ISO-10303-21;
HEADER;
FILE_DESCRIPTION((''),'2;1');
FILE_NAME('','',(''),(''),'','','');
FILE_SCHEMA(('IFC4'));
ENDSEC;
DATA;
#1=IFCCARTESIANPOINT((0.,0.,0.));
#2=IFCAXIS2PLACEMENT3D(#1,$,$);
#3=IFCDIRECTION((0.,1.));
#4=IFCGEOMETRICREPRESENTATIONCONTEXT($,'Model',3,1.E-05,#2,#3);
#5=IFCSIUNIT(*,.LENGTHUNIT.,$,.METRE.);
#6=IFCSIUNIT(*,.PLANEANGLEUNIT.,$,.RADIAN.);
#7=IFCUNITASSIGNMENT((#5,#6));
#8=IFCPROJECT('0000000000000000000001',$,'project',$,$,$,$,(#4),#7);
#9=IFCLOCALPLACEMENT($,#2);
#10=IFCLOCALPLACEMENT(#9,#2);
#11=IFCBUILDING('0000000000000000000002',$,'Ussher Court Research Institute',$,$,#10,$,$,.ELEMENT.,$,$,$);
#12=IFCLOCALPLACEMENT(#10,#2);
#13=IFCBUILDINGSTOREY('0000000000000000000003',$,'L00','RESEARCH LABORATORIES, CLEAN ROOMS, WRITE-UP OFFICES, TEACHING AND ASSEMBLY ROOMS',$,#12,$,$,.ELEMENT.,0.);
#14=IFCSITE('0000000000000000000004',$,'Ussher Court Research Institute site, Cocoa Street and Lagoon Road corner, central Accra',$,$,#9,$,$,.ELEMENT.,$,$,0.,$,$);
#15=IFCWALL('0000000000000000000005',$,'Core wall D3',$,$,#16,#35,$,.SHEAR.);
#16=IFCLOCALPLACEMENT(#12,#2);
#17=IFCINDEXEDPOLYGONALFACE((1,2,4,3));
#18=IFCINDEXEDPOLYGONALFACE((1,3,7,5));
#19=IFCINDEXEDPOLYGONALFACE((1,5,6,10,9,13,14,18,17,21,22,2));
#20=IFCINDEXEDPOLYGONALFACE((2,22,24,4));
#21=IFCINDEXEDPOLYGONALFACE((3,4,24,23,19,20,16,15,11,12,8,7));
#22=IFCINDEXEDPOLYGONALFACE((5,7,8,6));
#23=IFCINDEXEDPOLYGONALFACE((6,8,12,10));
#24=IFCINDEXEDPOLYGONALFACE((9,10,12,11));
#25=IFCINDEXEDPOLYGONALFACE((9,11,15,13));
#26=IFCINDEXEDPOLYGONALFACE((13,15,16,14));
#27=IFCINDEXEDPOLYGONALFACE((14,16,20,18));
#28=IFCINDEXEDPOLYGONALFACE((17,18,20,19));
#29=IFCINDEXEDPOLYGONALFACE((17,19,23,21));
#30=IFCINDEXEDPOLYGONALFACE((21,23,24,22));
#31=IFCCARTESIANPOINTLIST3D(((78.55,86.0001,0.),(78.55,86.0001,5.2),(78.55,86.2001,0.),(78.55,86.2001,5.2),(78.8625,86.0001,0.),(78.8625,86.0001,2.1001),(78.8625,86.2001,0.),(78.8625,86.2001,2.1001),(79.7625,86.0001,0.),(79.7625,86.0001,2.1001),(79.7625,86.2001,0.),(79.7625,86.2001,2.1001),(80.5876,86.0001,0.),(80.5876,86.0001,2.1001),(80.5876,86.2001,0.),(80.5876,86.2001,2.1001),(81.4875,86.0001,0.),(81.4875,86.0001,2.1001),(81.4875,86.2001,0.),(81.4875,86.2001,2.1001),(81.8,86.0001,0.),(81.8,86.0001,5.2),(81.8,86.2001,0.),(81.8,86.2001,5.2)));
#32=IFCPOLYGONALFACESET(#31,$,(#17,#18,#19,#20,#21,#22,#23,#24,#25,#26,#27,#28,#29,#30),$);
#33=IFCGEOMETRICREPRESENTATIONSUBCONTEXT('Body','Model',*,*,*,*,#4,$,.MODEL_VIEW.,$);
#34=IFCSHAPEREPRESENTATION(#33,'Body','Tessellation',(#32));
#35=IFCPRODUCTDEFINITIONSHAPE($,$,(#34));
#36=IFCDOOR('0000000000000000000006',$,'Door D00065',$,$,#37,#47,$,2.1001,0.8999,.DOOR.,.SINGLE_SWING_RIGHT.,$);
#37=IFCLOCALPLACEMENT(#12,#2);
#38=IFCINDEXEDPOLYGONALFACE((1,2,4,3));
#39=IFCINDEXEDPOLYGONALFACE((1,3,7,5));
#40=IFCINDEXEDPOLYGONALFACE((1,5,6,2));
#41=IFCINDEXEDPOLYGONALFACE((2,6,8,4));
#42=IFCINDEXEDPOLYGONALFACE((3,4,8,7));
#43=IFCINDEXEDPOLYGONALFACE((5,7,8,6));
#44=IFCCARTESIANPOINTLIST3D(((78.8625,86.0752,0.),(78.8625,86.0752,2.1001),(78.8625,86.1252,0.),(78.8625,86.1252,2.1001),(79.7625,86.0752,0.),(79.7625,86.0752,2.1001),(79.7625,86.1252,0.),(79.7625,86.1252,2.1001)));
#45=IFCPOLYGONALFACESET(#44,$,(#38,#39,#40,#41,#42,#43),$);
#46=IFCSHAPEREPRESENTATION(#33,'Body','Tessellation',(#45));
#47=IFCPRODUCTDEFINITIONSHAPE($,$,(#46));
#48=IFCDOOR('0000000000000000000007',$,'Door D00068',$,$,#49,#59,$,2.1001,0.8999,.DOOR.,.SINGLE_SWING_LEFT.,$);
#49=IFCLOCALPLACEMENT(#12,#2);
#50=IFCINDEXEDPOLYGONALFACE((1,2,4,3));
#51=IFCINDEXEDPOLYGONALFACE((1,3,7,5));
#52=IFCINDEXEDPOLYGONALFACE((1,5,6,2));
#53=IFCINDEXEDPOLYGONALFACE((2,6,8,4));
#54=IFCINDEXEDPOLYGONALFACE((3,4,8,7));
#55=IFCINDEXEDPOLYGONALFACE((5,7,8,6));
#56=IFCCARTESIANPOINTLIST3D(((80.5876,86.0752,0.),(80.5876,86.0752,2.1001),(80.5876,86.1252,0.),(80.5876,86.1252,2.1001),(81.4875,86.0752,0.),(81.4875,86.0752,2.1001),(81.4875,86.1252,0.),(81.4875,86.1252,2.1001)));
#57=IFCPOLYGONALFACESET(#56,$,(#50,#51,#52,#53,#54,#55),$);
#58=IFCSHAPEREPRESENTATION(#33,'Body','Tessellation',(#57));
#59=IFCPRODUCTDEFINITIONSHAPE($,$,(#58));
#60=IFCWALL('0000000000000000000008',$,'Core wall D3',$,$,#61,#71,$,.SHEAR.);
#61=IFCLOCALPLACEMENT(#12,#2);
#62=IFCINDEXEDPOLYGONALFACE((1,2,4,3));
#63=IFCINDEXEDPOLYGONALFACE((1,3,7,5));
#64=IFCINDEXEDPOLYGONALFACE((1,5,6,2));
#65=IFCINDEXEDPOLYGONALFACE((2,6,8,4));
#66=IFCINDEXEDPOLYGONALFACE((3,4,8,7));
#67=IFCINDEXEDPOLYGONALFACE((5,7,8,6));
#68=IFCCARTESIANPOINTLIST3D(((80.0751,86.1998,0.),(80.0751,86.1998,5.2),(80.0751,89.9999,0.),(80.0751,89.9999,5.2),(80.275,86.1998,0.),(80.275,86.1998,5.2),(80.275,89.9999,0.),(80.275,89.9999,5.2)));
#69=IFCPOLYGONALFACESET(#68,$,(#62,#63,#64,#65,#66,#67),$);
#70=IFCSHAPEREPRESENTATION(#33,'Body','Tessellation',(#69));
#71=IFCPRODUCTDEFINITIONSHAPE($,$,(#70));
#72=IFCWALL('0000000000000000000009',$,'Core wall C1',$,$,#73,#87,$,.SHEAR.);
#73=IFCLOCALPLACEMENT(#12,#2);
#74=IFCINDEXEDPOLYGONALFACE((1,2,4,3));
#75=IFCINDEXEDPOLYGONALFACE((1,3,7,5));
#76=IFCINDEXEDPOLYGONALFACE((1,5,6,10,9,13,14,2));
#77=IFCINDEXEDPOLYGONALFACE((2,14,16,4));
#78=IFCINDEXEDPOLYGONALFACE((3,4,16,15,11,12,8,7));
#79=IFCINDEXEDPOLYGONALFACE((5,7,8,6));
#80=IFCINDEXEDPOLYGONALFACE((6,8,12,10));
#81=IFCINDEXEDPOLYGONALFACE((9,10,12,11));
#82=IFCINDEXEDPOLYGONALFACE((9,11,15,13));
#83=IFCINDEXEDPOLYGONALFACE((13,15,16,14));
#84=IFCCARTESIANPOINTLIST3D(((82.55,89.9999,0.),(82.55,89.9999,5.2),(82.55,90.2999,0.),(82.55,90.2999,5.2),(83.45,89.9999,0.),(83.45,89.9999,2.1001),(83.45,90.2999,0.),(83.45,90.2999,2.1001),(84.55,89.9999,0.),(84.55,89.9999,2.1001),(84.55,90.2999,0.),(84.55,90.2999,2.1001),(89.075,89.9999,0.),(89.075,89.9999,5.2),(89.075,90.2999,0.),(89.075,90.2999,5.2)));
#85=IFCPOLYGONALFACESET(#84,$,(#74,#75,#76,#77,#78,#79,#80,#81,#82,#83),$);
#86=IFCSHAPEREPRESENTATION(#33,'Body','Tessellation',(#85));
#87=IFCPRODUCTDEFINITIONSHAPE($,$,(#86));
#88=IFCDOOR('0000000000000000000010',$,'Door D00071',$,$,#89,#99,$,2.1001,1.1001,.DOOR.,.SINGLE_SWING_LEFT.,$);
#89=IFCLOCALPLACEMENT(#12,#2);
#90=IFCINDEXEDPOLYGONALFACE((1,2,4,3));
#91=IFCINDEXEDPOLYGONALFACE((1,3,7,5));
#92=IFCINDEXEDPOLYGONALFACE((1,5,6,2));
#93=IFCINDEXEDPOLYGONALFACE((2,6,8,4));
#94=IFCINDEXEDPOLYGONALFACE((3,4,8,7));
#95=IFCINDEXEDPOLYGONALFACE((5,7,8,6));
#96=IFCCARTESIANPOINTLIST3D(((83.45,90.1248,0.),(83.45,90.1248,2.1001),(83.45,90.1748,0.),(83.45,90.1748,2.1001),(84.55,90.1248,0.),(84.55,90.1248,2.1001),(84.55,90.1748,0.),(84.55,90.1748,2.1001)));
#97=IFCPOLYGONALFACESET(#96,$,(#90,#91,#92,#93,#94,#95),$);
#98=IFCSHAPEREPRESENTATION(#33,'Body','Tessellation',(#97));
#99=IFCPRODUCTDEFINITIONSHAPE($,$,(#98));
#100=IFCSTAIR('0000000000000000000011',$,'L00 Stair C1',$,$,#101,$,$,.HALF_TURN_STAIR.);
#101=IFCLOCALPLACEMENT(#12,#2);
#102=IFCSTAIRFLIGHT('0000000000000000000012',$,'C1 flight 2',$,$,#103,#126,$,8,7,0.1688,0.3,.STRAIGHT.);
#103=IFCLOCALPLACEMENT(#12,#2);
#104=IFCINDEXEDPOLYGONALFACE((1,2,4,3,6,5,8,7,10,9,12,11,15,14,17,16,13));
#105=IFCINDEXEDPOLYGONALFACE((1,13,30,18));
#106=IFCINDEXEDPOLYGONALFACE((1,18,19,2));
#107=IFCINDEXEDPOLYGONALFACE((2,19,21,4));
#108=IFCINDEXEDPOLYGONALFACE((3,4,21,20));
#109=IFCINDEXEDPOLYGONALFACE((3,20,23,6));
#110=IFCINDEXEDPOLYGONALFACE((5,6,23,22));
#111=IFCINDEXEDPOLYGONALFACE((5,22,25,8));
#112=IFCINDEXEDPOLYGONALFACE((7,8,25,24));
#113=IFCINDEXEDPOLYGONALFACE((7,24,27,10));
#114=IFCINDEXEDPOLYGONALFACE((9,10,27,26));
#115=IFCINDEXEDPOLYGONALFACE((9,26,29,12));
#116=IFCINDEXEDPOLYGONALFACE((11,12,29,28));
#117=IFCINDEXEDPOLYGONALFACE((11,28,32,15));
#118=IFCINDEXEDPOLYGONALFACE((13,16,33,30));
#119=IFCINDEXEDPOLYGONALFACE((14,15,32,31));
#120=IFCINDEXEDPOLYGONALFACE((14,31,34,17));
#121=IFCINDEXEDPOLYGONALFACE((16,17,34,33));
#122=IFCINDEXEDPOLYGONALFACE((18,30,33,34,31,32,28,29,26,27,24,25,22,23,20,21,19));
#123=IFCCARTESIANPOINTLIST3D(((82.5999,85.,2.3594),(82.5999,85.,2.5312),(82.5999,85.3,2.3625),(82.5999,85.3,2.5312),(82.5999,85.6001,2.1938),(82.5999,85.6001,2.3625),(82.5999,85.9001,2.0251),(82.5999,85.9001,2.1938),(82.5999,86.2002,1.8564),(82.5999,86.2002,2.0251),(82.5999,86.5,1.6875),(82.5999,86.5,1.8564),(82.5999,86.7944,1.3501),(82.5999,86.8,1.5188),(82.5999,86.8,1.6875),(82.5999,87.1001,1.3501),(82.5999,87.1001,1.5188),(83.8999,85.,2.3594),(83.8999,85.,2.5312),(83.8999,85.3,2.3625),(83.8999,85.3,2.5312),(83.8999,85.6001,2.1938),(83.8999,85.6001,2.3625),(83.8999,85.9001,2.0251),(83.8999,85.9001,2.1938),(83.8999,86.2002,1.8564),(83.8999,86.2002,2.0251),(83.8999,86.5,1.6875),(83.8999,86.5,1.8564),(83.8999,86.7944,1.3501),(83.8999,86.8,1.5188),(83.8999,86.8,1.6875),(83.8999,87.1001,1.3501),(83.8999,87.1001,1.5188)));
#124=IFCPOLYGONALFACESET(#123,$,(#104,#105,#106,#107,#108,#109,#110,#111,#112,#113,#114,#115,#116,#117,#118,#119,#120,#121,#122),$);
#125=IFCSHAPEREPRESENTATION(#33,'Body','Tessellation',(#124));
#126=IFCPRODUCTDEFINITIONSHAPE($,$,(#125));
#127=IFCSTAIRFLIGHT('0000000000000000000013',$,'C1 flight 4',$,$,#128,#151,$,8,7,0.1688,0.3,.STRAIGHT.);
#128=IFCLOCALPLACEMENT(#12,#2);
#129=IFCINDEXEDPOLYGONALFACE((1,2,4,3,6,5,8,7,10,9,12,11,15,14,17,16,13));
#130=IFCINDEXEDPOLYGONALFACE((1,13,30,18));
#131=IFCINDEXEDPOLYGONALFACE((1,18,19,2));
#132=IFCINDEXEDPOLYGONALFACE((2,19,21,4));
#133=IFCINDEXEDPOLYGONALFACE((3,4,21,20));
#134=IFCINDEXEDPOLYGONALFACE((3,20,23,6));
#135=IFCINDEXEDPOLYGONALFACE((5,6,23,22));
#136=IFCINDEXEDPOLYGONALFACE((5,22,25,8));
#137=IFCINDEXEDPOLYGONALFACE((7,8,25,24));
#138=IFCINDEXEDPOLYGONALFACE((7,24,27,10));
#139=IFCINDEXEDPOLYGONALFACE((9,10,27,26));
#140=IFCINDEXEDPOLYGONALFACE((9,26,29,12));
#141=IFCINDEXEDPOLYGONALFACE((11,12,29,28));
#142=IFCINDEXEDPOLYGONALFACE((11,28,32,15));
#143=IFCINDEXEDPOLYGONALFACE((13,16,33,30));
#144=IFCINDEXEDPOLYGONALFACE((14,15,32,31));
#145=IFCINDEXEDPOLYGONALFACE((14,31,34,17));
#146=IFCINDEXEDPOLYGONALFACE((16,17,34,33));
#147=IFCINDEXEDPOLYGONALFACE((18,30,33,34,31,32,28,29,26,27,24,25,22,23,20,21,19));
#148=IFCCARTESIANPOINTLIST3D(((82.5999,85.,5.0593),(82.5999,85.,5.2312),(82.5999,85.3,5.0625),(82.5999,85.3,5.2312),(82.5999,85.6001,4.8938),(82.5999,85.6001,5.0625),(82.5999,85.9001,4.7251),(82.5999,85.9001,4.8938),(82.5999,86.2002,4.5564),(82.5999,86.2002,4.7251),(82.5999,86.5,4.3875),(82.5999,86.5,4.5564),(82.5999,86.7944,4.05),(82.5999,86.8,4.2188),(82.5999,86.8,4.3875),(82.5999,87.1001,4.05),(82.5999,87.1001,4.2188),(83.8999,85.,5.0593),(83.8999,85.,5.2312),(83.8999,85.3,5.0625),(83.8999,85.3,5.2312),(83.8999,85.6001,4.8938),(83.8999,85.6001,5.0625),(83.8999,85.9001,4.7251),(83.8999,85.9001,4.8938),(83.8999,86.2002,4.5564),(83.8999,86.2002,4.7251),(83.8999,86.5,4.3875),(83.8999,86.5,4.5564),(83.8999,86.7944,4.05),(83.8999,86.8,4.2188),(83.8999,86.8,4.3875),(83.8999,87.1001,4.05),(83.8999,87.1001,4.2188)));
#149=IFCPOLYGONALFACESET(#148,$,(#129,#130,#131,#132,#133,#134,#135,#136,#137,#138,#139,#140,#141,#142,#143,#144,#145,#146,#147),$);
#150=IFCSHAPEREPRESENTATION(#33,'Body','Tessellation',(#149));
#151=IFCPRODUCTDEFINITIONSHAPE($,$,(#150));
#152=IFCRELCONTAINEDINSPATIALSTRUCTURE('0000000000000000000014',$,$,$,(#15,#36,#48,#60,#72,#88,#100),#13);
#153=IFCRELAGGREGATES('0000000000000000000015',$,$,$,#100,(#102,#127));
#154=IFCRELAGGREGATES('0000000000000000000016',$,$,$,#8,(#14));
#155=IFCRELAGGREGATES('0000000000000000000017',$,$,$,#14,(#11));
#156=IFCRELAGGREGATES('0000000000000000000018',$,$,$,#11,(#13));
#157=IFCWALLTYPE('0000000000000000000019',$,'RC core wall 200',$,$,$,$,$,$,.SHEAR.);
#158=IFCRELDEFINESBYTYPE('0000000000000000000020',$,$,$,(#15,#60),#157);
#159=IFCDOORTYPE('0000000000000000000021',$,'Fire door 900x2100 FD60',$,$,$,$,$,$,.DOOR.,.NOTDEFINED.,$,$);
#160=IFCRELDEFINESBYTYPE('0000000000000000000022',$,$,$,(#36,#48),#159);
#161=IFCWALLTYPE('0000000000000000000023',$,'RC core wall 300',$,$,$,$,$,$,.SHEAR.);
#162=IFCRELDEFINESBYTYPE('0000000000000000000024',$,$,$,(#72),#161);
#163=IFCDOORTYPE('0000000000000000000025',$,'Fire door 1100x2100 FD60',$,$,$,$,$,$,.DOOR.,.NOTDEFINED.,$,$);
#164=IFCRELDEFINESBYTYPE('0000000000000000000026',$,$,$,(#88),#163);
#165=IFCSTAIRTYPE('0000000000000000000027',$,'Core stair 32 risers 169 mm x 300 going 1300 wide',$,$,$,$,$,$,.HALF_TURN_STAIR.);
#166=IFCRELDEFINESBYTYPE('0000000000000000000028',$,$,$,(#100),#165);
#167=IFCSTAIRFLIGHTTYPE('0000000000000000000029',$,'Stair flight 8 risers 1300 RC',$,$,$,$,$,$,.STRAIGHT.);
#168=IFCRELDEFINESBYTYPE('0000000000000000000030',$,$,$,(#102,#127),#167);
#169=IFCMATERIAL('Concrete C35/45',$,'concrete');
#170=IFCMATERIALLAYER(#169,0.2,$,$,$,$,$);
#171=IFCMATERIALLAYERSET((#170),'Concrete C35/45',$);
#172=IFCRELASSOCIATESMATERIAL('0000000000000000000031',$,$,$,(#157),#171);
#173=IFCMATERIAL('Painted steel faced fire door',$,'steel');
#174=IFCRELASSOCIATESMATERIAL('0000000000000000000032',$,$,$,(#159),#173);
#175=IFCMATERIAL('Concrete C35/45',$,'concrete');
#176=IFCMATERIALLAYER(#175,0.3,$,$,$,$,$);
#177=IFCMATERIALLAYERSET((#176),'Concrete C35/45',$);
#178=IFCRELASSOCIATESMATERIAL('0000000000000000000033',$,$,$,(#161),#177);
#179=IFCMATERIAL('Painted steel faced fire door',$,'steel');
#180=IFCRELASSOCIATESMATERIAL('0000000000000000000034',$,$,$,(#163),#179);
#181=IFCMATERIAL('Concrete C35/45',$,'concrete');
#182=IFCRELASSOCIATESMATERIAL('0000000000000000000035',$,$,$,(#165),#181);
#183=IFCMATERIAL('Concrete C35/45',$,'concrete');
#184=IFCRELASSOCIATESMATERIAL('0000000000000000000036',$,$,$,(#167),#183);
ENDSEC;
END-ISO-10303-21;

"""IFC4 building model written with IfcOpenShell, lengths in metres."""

from ifc_helpers import new_model, si_unit, direction, frame, frame_2d, origin, place, context, subcontext, project, spatial, polyline, rectangle, outline, extrude, material, layer, layer_set, type_object, element, fill, aggregate, save


model = new_model("IFC4")

# Units and contexts
model_context = context("Model", 3, precision=1e-05, world=origin(), true_north=direction((0.0, 1.0)))
body_context = subcontext(model_context, "Body", "Model", "MODEL_VIEW")
ifc_project = project(units=[si_unit("LENGTHUNIT", "METRE"), si_unit("PLANEANGLEUNIT", "RADIAN")], contexts=[model_context])

# Site, building, storey
site_placement = place(None, origin())
site = spatial("IfcSite", under=ifc_project, at=site_placement, Name="Ussher Court Research Institute site, Cocoa Street and Lagoon Road corner, central Accra", CompositionType="ELEMENT", RefElevation=0.0)
building_placement = place(site_placement, origin())
building = spatial("IfcBuilding", under=site, at=building_placement, Name="Ussher Court Research Institute", CompositionType="ELEMENT")
storey_placement = place(building_placement, origin())
storey = spatial("IfcBuildingStorey", under=building, at=storey_placement, Name="L00", Description="RESEARCH LABORATORIES, CLEAN ROOMS, WRITE-UP OFFICES, TEACHING AND ASSEMBLY ROOMS", CompositionType="ELEMENT", Elevation=0.0)

# Shared definitions
ifc_material_1 = material(Name="Concrete C35/45", Category="concrete")
ifc_layer_1 = layer(ifc_material_1, 0.2)
ifc_layer_set_1 = layer_set([ifc_layer_1], Name="Concrete C35/45")
wall_type_1 = type_object("IfcWallType", Name="RC core wall 200", PredefinedType="SHEAR", material=ifc_layer_set_1)

# Wall, openings, doors
wall_1_placement = place(storey_placement, frame((81.8, 86.1001, 0.0), z_axis=(0.0, 0.0, 1.0), x_axis=(-1.0, 0.0, 0.0)))
wall_1 = element("IfcWall", 1, at=wall_1_placement, inside=storey, type_object=wall_type_1, Name="Core wall D3", PredefinedType="SHEAR", context=body_context, shape_type="SweptSolid", body=[
    extrude(rectangle(XDim=3.25, YDim=0.2, at=frame_2d((1.625, 0.0))), origin(), (0.0, 0.0, 1.0), 5.2),
])
opening_1_placement = place(wall_1_placement, frame((2.0376, 0.0, 0.0)))
opening_1 = element("IfcOpeningElement", 2, at=opening_1_placement, cuts=wall_1, PredefinedType="OPENING", context=body_context, shape_type="SweptSolid", body=[
    extrude(rectangle(XDim=0.8999, YDim=2.1001, at=frame_2d((0.45, 1.05))), frame((0.0, 0.1099, 0.0), z_axis=(0.0, -1.0, 0.0), x_axis=(1.0, 0.0, 0.0)), (0.0, 0.0, 1.0), 0.22),
])
opening_2_placement = place(wall_1_placement, frame((0.3125, 0.0, 0.0)))
opening_2 = element("IfcOpeningElement", 3, at=opening_2_placement, cuts=wall_1, PredefinedType="OPENING", context=body_context, shape_type="SweptSolid", body=[
    extrude(rectangle(XDim=0.8999, YDim=2.1001, at=frame_2d((0.45, 1.05))), frame((0.0, 0.1099, 0.0), z_axis=(0.0, -1.0, 0.0), x_axis=(1.0, 0.0, 0.0)), (0.0, 0.0, 1.0), 0.22),
])
ifc_material_2 = material(Name="Painted steel faced fire door", Category="steel")
door_type_1 = type_object("IfcDoorType", Name="Fire door 900x2100 FD60", OperationType="NOTDEFINED", PredefinedType="DOOR", material=ifc_material_2)
door_1_placement = place(opening_1_placement, origin())
door_1 = element("IfcDoor", 4, at=door_1_placement, inside=storey, type_object=door_type_1, Name="Door D00065", OperationType="SINGLE_SWING_RIGHT", OverallHeight=2.1001, OverallWidth=0.8999, PredefinedType="DOOR", context=body_context, shape_type="SweptSolid", body=[
    extrude(rectangle(XDim=0.8999, YDim=2.1001, at=frame_2d((0.45, 1.05))), frame((0.0, 0.0249, 0.0), z_axis=(0.0, -1.0, 0.0), x_axis=(1.0, 0.0, 0.0)), (0.0, 0.0, 1.0), 0.05),
])
fill(opening_1, door_1)
door_2_placement = place(opening_2_placement, origin())
door_2 = element("IfcDoor", 5, at=door_2_placement, inside=storey, type_object=door_type_1, Name="Door D00068", OperationType="SINGLE_SWING_LEFT", OverallHeight=2.1001, OverallWidth=0.8999, PredefinedType="DOOR", context=body_context, shape_type="SweptSolid", body=[
    extrude(rectangle(XDim=0.8999, YDim=2.1001, at=frame_2d((0.45, 1.05))), frame((0.0, 0.0249, 0.0), z_axis=(0.0, -1.0, 0.0), x_axis=(1.0, 0.0, 0.0)), (0.0, 0.0, 1.0), 0.05),
])
fill(opening_2, door_2)

# Wall
wall_2_placement = place(storey_placement, frame((80.175, 86.2, 0.0), z_axis=(0.0, 0.0, 1.0), x_axis=(0.0, 1.0, 0.0)))
element("IfcWall", 6, at=wall_2_placement, inside=storey, type_object=wall_type_1, Name="Core wall D3", PredefinedType="SHEAR", context=body_context, shape_type="SweptSolid", body=[
    extrude(rectangle(XDim=3.8, YDim=0.2, at=frame_2d((1.8999, 0.0))), origin(), (0.0, 0.0, 1.0), 5.2),
])

# Wall, opening, door
ifc_material_3 = material(Name="Concrete C35/45", Category="concrete")
ifc_layer_2 = layer(ifc_material_3, 0.3)
ifc_layer_set_2 = layer_set([ifc_layer_2], Name="Concrete C35/45")
wall_type_2 = type_object("IfcWallType", Name="RC core wall 300", PredefinedType="SHEAR", material=ifc_layer_set_2)
wall_3_placement = place(storey_placement, frame((82.55, 90.1499, 0.0), z_axis=(0.0, 0.0, 1.0), x_axis=(1.0, 0.0, 0.0)))
wall_3 = element("IfcWall", 7, at=wall_3_placement, inside=storey, type_object=wall_type_2, Name="Core wall C1", PredefinedType="SHEAR", context=body_context, shape_type="SweptSolid", body=[
    extrude(rectangle(XDim=6.5249, YDim=0.3, at=frame_2d((3.2625, 0.0))), origin(), (0.0, 0.0, 1.0), 5.2),
])
opening_3_placement = place(wall_3_placement, frame((0.8999, 0.0, 0.0)))
opening_3 = element("IfcOpeningElement", 8, at=opening_3_placement, cuts=wall_3, PredefinedType="OPENING", context=body_context, shape_type="SweptSolid", body=[
    extrude(rectangle(XDim=1.1001, YDim=2.1001, at=frame_2d((0.55, 1.05))), frame((0.0, 0.1602, 0.0), z_axis=(0.0, -1.0, 0.0), x_axis=(1.0, 0.0, 0.0)), (0.0, 0.0, 1.0), 0.3201),
])
ifc_material_4 = material(Name="Painted steel faced fire door", Category="steel")
door_type_2 = type_object("IfcDoorType", Name="Fire door 1100x2100 FD60", OperationType="NOTDEFINED", PredefinedType="DOOR", material=ifc_material_4)
door_3_placement = place(opening_3_placement, origin())
door_3 = element("IfcDoor", 9, at=door_3_placement, inside=storey, type_object=door_type_2, Name="Door D00071", OperationType="SINGLE_SWING_LEFT", OverallHeight=2.1001, OverallWidth=1.1001, PredefinedType="DOOR", context=body_context, shape_type="SweptSolid", body=[
    extrude(rectangle(XDim=1.1001, YDim=2.1001, at=frame_2d((0.55, 1.05))), frame((0.0, 0.0249, 0.0), z_axis=(0.0, -1.0, 0.0), x_axis=(1.0, 0.0, 0.0)), (0.0, 0.0, 1.0), 0.05),
])
fill(opening_3, door_3)

# Stair, stair flights
ifc_material_5 = material(Name="Concrete C35/45", Category="concrete")
stair_type = type_object("IfcStairType", Name="Core stair 32 risers 169 mm x 300 going 1300 wide", PredefinedType="HALF_TURN_STAIR", material=ifc_material_5)
stair_placement = place(storey_placement, origin())
stair = element("IfcStair", 10, at=stair_placement, inside=storey, type_object=stair_type, Name="L00 Stair C1", PredefinedType="HALF_TURN_STAIR")
ifc_material_6 = material(Name="Concrete C35/45", Category="concrete")
stair_flight_type = type_object("IfcStairFlightType", Name="Stair flight 8 risers 1300 RC", PredefinedType="STRAIGHT", material=ifc_material_6)
stair_flight_1_placement = place(storey_placement, frame((83.25, 87.1001, 1.3501), z_axis=(0.0, 0.0, 1.0), x_axis=(0.0, -1.0, 0.0)))
stair_flight_1 = element("IfcStairFlight", 11, at=stair_flight_1_placement, type_object=stair_flight_type, Name="C1 flight 2", NumberOfRisers=8, NumberOfTreads=7, PredefinedType="STRAIGHT", RiserHeight=0.1688, TreadLength=0.3, context=body_context, shape_type="SweptSolid", body=[
    extrude(outline(polyline([(0.0, 0.0), (0.0, 0.1687), (0.3, 0.1687), (0.3, 0.3374), (0.6001, 0.3374), (0.6001, 0.5063), (0.8999, 0.5063), (0.8999, 0.675), (1.2, 0.675), (1.2, 0.8438), (1.5, 0.8438), (1.5, 1.0125), (1.8, 1.0125), (1.8, 1.1812), (2.1001, 1.1812), (2.1001, 1.3501), (2.1001, 1.0093), (0.3057, 0.0), (0.0, 0.0)])), frame((0.0, 0.6499, 0.0), z_axis=(0.0, -1.0, 0.0), x_axis=(1.0, 0.0, 0.0)), (0.0, 0.0, 1.0), 1.3),
])
stair_flight_2_placement = place(storey_placement, frame((83.25, 87.1001, 4.05), z_axis=(0.0, 0.0, 1.0), x_axis=(0.0, -1.0, 0.0)))
stair_flight_2 = element("IfcStairFlight", 12, at=stair_flight_2_placement, type_object=stair_flight_type, Name="C1 flight 4", NumberOfRisers=8, NumberOfTreads=7, PredefinedType="STRAIGHT", RiserHeight=0.1688, TreadLength=0.3, context=body_context, shape_type="SweptSolid", body=[
    extrude(outline(polyline([(0.0, 0.0), (0.0, 0.1687), (0.3, 0.1687), (0.3, 0.3374), (0.6001, 0.3374), (0.6001, 0.5063), (0.8999, 0.5063), (0.8999, 0.675), (1.2, 0.675), (1.2, 0.8438), (1.5, 0.8438), (1.5, 1.0125), (1.8, 1.0125), (1.8, 1.1812), (2.1001, 1.1812), (2.1001, 1.3501), (2.1001, 1.0093), (0.3057, 0.0), (0.0, 0.0)])), frame((0.0, 0.6499, 0.0), z_axis=(0.0, -1.0, 0.0), x_axis=(1.0, 0.0, 0.0)), (0.0, 0.0, 1.0), 1.3),
])
aggregate(stair, [stair_flight_1, stair_flight_2])

save(model, "model.ifc")
